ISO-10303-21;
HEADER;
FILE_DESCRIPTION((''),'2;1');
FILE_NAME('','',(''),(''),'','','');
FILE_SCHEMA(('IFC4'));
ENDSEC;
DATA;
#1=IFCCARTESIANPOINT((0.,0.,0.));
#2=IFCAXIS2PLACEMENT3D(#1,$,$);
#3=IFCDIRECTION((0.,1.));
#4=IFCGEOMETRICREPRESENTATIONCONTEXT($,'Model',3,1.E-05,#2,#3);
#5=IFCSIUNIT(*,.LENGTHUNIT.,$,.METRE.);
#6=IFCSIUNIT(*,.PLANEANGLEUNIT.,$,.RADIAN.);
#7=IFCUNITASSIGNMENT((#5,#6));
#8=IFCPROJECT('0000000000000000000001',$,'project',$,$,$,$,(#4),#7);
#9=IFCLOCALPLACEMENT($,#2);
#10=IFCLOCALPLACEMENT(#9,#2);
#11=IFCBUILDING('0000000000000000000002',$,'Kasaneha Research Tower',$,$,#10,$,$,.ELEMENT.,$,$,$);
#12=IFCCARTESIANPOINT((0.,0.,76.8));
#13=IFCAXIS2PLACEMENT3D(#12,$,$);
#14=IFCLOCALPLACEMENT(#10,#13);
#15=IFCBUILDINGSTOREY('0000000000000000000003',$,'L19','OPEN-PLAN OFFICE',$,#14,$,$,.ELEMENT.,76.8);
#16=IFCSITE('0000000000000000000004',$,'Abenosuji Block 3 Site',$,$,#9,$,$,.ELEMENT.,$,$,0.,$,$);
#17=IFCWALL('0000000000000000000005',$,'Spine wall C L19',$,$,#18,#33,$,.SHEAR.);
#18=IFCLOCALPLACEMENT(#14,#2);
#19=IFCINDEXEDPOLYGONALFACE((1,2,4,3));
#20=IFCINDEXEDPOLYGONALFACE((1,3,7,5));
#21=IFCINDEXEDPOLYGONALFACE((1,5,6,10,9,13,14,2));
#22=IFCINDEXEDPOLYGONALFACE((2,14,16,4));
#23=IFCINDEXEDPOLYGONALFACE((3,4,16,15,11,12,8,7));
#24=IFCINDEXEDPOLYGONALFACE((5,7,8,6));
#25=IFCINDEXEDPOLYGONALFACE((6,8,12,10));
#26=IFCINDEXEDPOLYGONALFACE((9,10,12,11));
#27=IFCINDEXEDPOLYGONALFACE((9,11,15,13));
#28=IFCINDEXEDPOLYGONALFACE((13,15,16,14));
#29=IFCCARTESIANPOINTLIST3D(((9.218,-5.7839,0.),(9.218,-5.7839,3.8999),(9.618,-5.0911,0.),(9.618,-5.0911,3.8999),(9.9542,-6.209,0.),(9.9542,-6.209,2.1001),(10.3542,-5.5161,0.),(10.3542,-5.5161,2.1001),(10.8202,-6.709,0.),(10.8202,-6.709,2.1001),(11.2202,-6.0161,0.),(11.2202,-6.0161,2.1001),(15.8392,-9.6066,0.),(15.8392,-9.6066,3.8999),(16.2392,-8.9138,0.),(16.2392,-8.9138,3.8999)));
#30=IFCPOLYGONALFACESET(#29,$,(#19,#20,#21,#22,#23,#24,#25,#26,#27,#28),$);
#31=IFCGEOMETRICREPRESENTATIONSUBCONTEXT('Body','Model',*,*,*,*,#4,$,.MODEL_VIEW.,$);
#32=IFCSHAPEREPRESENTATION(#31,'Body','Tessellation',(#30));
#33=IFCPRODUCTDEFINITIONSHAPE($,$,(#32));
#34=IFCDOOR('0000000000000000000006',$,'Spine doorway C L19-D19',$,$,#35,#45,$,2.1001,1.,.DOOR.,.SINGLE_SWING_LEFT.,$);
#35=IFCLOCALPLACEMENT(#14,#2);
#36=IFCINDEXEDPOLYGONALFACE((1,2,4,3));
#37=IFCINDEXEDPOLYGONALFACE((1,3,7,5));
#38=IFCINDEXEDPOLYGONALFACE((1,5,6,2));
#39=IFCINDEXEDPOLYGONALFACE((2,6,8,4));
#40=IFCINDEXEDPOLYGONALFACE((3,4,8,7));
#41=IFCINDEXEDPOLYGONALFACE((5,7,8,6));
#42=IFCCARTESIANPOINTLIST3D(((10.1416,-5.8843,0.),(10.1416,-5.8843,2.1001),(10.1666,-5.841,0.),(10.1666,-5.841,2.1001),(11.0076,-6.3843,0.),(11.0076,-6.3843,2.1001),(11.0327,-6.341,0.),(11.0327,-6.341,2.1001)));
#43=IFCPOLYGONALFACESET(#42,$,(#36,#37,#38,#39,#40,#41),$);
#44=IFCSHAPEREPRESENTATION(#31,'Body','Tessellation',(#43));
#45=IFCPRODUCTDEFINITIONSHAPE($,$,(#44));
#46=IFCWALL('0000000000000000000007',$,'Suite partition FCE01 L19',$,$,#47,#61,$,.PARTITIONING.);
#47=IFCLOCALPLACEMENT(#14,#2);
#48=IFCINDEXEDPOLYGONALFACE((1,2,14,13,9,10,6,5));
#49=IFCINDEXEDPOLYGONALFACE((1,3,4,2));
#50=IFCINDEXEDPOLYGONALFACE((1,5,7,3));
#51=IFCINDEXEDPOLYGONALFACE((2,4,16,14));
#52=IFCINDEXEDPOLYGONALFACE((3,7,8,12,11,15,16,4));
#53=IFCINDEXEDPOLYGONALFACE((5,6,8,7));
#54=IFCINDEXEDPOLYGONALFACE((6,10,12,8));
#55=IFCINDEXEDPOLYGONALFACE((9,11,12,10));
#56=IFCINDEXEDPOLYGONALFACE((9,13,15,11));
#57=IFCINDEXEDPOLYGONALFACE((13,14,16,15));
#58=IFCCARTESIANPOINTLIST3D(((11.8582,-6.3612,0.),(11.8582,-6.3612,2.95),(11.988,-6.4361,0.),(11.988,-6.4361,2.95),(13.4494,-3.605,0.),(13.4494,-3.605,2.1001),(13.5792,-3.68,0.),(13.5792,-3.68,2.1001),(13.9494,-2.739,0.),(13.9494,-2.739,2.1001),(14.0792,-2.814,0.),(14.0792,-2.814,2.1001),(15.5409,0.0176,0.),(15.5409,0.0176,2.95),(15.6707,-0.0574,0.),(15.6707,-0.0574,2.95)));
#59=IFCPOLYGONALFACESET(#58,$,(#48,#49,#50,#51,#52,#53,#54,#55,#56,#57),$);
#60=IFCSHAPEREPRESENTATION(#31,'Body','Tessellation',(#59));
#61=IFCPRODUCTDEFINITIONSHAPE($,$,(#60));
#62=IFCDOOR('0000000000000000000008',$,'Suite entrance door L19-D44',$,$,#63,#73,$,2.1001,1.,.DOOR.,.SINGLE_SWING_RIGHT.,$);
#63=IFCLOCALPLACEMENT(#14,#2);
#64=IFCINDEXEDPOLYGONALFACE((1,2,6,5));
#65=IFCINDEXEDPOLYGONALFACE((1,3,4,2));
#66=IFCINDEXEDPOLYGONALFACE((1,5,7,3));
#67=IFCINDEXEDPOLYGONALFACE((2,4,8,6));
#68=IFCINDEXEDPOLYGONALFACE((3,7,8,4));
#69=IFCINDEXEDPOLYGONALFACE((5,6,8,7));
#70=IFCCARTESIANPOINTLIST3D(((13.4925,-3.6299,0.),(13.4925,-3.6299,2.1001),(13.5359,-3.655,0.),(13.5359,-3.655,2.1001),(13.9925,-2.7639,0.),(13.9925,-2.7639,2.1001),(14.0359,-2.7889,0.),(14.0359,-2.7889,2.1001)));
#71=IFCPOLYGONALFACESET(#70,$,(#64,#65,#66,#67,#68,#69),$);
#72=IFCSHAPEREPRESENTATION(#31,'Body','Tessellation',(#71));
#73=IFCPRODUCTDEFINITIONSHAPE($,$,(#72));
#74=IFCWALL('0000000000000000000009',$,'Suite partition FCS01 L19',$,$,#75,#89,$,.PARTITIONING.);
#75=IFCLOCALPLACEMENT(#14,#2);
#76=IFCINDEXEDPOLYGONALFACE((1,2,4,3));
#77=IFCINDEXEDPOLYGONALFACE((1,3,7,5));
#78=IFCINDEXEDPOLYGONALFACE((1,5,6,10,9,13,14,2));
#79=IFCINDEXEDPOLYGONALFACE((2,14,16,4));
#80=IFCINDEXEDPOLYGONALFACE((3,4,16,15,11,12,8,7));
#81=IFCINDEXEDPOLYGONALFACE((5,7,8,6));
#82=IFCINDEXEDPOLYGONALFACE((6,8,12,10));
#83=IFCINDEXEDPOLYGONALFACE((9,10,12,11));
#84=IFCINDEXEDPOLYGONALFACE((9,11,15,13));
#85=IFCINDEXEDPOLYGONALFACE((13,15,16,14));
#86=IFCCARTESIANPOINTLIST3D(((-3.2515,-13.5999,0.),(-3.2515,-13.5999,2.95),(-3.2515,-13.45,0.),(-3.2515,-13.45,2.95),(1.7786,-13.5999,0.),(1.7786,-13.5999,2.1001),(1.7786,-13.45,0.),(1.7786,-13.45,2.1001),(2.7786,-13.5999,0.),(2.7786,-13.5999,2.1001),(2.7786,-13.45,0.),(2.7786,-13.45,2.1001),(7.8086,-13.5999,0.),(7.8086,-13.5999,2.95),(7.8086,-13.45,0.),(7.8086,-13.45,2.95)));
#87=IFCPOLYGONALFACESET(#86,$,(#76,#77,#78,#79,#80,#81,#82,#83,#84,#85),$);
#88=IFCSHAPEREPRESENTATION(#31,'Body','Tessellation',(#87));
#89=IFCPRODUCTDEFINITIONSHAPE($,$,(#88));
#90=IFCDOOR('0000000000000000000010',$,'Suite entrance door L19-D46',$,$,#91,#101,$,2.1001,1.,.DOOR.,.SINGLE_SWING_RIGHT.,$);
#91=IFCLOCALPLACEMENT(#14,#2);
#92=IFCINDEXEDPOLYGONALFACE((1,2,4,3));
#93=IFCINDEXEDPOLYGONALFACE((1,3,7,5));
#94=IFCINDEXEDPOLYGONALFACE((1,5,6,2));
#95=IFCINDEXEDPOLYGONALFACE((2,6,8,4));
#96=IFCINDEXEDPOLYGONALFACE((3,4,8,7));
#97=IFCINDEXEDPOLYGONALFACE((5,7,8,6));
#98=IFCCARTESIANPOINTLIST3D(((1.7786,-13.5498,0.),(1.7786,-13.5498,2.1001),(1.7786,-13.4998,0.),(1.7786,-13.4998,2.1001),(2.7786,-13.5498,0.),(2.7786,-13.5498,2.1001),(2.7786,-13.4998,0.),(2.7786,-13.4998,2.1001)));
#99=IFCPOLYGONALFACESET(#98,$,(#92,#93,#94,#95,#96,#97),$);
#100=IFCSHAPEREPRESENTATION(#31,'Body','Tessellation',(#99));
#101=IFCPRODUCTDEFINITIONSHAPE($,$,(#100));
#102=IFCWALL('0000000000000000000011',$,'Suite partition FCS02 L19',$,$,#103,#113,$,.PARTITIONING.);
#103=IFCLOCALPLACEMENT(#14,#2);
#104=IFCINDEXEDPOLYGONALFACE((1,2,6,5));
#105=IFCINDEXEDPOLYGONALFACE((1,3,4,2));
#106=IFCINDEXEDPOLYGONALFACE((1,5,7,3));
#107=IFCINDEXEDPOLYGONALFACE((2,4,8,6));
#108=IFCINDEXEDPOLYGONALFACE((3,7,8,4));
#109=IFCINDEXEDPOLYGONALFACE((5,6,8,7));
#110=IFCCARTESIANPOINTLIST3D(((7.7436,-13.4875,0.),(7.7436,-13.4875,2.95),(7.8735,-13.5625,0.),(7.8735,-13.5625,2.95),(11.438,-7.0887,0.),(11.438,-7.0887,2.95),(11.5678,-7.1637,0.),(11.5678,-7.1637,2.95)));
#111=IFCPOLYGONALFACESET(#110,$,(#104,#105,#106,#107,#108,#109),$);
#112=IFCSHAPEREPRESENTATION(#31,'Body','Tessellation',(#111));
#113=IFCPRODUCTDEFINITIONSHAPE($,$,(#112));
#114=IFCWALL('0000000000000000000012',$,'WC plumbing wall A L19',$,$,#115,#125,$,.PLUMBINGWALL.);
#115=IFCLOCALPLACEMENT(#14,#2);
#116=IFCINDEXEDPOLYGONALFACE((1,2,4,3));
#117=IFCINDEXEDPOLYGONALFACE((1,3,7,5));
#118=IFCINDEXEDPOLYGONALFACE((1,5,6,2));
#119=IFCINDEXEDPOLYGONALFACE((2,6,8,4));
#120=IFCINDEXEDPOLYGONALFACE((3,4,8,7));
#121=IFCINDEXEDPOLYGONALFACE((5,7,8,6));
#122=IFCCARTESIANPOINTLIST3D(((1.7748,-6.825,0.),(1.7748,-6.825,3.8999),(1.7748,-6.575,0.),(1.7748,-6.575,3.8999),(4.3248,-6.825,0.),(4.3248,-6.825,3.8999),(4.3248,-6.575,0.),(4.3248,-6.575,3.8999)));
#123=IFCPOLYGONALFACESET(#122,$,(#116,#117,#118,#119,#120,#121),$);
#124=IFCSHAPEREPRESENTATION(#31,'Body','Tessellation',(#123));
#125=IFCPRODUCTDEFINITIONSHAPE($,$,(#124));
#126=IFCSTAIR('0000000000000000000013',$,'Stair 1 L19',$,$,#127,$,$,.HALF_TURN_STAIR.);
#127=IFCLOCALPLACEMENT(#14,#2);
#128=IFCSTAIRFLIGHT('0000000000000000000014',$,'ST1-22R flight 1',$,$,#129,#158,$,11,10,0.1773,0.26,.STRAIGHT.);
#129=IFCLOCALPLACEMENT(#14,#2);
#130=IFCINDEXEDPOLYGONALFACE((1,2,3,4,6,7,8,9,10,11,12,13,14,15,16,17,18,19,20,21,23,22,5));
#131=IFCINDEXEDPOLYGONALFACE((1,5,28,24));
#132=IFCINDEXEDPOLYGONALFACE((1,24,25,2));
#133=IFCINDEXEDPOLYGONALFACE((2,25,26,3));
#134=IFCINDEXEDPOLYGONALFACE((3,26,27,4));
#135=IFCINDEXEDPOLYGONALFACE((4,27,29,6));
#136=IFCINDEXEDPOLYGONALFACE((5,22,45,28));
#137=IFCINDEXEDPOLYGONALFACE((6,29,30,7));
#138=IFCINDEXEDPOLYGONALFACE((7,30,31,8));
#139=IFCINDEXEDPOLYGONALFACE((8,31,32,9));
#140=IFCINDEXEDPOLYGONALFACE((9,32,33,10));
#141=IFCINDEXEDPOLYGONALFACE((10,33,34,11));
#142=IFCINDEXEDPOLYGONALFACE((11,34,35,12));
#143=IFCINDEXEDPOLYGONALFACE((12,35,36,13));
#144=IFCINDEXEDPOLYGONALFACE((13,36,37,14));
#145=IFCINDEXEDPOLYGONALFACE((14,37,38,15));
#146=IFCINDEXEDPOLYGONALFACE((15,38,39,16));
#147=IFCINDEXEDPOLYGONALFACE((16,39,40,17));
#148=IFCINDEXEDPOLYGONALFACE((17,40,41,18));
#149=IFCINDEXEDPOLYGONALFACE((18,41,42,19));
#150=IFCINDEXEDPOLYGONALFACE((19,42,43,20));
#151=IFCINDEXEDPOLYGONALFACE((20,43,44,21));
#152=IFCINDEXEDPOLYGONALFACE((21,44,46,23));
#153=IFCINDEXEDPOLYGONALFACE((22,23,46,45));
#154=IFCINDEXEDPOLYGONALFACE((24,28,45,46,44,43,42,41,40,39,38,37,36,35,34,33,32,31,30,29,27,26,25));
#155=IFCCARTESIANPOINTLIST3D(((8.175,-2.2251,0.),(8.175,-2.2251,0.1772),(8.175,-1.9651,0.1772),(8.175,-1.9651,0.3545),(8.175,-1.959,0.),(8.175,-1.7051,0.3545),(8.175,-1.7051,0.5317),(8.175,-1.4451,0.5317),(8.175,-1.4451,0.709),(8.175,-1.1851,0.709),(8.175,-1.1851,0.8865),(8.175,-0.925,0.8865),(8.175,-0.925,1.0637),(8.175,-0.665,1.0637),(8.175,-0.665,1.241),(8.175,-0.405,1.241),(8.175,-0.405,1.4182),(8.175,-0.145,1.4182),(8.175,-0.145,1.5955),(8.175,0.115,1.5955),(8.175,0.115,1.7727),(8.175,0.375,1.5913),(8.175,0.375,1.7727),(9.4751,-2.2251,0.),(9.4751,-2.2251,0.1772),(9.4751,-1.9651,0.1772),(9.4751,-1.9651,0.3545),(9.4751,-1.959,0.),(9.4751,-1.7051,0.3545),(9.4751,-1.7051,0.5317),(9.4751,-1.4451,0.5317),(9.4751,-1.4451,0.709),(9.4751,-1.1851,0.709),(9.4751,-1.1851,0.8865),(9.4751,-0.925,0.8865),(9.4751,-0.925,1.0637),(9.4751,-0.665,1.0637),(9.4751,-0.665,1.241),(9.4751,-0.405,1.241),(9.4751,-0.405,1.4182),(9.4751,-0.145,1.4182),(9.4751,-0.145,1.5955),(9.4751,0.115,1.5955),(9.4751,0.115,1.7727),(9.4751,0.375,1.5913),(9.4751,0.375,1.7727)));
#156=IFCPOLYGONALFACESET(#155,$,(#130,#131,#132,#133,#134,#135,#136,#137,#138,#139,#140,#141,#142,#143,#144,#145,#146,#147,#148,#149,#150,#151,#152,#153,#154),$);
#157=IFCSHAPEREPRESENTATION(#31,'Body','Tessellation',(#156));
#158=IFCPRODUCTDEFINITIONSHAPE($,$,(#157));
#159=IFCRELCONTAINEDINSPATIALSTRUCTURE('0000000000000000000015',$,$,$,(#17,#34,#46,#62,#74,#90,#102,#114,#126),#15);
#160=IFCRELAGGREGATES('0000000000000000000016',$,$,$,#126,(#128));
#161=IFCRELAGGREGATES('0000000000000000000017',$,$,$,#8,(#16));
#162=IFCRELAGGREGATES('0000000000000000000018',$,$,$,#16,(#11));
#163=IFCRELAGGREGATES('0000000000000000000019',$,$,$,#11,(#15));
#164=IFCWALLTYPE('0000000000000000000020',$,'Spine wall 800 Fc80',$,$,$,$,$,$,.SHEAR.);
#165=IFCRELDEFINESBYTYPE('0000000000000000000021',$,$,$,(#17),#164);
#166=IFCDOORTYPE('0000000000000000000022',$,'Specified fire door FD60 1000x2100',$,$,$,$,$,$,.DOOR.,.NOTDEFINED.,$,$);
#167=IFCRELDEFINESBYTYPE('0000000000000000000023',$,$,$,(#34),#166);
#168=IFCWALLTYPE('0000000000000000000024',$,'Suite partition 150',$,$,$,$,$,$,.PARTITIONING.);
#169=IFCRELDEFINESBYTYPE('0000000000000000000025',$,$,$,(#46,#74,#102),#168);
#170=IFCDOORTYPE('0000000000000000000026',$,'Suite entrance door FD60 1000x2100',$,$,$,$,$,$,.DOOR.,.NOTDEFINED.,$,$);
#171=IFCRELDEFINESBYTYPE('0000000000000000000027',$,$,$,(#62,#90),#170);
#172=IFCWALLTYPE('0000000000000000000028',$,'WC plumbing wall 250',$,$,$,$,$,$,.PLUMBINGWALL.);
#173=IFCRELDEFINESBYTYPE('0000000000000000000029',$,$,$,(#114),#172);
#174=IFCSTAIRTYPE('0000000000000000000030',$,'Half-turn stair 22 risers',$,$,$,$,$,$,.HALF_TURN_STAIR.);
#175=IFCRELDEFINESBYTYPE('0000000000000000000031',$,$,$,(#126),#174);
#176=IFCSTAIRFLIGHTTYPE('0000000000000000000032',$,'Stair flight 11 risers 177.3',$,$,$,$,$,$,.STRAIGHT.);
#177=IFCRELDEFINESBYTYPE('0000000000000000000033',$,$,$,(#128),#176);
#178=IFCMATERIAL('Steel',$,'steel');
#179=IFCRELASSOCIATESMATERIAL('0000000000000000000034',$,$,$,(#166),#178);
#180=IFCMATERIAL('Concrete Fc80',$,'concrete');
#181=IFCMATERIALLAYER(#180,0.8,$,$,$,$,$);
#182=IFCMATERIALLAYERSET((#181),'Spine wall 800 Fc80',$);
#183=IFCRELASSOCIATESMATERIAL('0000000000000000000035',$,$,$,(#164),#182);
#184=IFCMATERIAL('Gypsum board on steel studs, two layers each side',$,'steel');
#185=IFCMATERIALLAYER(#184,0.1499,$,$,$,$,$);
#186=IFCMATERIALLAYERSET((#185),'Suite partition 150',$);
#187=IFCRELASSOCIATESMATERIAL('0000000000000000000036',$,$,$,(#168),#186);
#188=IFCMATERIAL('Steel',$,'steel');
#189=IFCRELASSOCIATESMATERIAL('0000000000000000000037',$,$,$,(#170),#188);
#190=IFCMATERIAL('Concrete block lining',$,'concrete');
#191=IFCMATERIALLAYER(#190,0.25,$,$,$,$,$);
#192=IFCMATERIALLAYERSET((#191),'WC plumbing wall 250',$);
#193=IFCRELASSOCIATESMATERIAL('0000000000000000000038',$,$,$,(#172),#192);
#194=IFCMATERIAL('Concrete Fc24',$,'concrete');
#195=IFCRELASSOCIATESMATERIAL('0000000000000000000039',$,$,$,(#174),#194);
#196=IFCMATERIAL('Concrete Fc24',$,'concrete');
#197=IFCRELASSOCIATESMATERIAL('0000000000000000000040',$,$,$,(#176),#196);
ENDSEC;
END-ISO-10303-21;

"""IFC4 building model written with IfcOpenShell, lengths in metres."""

from ifc_helpers import new_model, si_unit, direction, frame, frame_2d, origin, place, context, subcontext, project, spatial, polyline, rectangle, outline, extrude, material, layer, layer_set, type_object, element, fill, aggregate, save


model = new_model("IFC4")

# Units and contexts
model_context = context("Model", 3, precision=1e-05, world=origin(), true_north=direction((0.0, 1.0)))
body_context = subcontext(model_context, "Body", "Model", "MODEL_VIEW")
ifc_project = project(units=[si_unit("LENGTHUNIT", "METRE"), si_unit("PLANEANGLEUNIT", "RADIAN")], contexts=[model_context])

# Site, building, storey
site_placement = place(None, origin())
site = spatial("IfcSite", under=ifc_project, at=site_placement, Name="Abenosuji Block 3 Site", CompositionType="ELEMENT", RefElevation=0.0)
building_placement = place(site_placement, origin())
building = spatial("IfcBuilding", under=site, at=building_placement, Name="Kasaneha Research Tower", CompositionType="ELEMENT")
storey_placement = place(building_placement, frame((0.0, 0.0, 76.8)))
storey = spatial("IfcBuildingStorey", under=building, at=storey_placement, Name="L19", Description="OPEN-PLAN OFFICE", CompositionType="ELEMENT", Elevation=76.8)

# Shared definitions
ifc_material_1 = material(Name="Steel", Category="steel")
door_type_1 = type_object("IfcDoorType", Name="Specified fire door FD60 1000x2100", OperationType="NOTDEFINED", PredefinedType="DOOR", material=ifc_material_1)

# Walls, openings, doors
ifc_material_2 = material(Name="Concrete Fc80", Category="concrete")
ifc_layer_1 = layer(ifc_material_2, 0.8)
ifc_layer_set_1 = layer_set([ifc_layer_1], Name="Spine wall 800 Fc80")
wall_type_1 = type_object("IfcWallType", Name="Spine wall 800 Fc80", PredefinedType="SHEAR", material=ifc_layer_set_1)
wall_1_placement = place(storey_placement, frame((9.418, -5.4375, 0.0), z_axis=(0.0, 0.0, 1.0), x_axis=(0.86603, -0.499992, 0.0)))
wall_1 = element("IfcWall", 1, at=wall_1_placement, inside=storey, type_object=wall_type_1, Name="Spine wall C L19", PredefinedType="SHEAR", context=body_context, shape_type="SweptSolid", body=[
    extrude(rectangle(XDim=7.6455, YDim=0.8, at=frame_2d((3.8228, 0.0))), origin(), (0.0, 0.0, 1.0), 3.8999),
])
opening_1_placement = place(wall_1_placement, frame((0.8501, 0.0, 0.0)))
opening_1 = element("IfcOpeningElement", 2, at=opening_1_placement, cuts=wall_1, PredefinedType="OPENING", context=body_context, shape_type="SweptSolid", body=[
    extrude(rectangle(XDim=1.0, YDim=2.1001, at=frame_2d((0.5, 1.05))), frame((0.0, 0.4102, 0.0), z_axis=(0.0, -1.0, 0.0), x_axis=(1.0, 0.0, 0.0)), (0.0, 0.0, 1.0), 0.8201),
])
door_1_placement = place(opening_1_placement, origin())
door_1 = element("IfcDoor", 3, at=door_1_placement, inside=storey, type_object=door_type_1, Name="Spine doorway C L19-D19", OperationType="SINGLE_SWING_LEFT", OverallHeight=2.1001, OverallWidth=1.0, PredefinedType="DOOR", context=body_context, shape_type="SweptSolid", body=[
    extrude(rectangle(XDim=1.0, YDim=2.1001, at=frame_2d((0.5, 1.05))), frame((0.0, 0.0249, 0.0), z_axis=(0.0, -1.0, 0.0), x_axis=(1.0, 0.0, 0.0)), (0.0, 0.0, 1.0), 0.05),
])
fill(opening_1, door_1)
ifc_material_3 = material(Name="Gypsum board on steel studs, two layers each side", Category="steel")
ifc_layer_2 = layer(ifc_material_3, 0.1499)
ifc_layer_set_2 = layer_set([ifc_layer_2], Name="Suite partition 150")
wall_type_2 = type_object("IfcWallType", Name="Suite partition 150", PredefinedType="PARTITIONING", material=ifc_layer_set_2)
wall_2_placement = place(storey_placement, frame((15.6057, -0.02, 0.0), z_axis=(0.0, 0.0, 1.0), x_axis=(-0.499989, -0.866032, 0.0)))
wall_2 = element("IfcWall", 4, at=wall_2_placement, inside=storey, type_object=wall_type_2, Name="Suite partition FCE01 L19", PredefinedType="PARTITIONING", context=body_context, shape_type="SweptSolid", body=[
    extrude(rectangle(XDim=7.3655, YDim=0.1499, at=frame_2d((3.6826, 0.0))), origin(), (0.0, 0.0, 1.0), 2.95),
])
opening_2_placement = place(wall_2_placement, frame((3.1829, 0.0, 0.0)))
opening_2 = element("IfcOpeningElement", 5, at=opening_2_placement, cuts=wall_2, PredefinedType="OPENING", context=body_context, shape_type="SweptSolid", body=[
    extrude(rectangle(XDim=1.0, YDim=2.1001, at=frame_2d((0.5, 1.05))), frame((0.0, 0.085, 0.0), z_axis=(0.0, -1.0, 0.0), x_axis=(1.0, 0.0, 0.0)), (0.0, 0.0, 1.0), 0.1699),
])
ifc_material_4 = material(Name="Steel", Category="steel")
door_type_2 = type_object("IfcDoorType", Name="Suite entrance door FD60 1000x2100", OperationType="NOTDEFINED", PredefinedType="DOOR", material=ifc_material_4)
door_2_placement = place(opening_2_placement, origin())
door_2 = element("IfcDoor", 6, at=door_2_placement, inside=storey, type_object=door_type_2, Name="Suite entrance door L19-D44", OperationType="SINGLE_SWING_RIGHT", OverallHeight=2.1001, OverallWidth=1.0, PredefinedType="DOOR", context=body_context, shape_type="SweptSolid", body=[
    extrude(rectangle(XDim=1.0, YDim=2.1001, at=frame_2d((0.5, 1.05))), frame((0.0, 0.0249, 0.0), z_axis=(0.0, -1.0, 0.0), x_axis=(1.0, 0.0, 0.0)), (0.0, 0.0, 1.0), 0.05),
])
fill(opening_2, door_2)
wall_3_placement = place(storey_placement, frame((7.8086, -13.5249, 0.0), z_axis=(0.0, 0.0, 1.0), x_axis=(-1.0, 0.0, 0.0)))
wall_3 = element("IfcWall", 7, at=wall_3_placement, inside=storey, type_object=wall_type_2, Name="Suite partition FCS01 L19", PredefinedType="PARTITIONING", context=body_context, shape_type="SweptSolid", body=[
    extrude(rectangle(XDim=11.0601, YDim=0.1499, at=frame_2d((5.53, 0.0))), origin(), (0.0, 0.0, 1.0), 2.95),
])
opening_3_placement = place(wall_3_placement, frame((5.03, 0.0, 0.0)))
opening_3 = element("IfcOpeningElement", 8, at=opening_3_placement, cuts=wall_3, PredefinedType="OPENING", context=body_context, shape_type="SweptSolid", body=[
    extrude(rectangle(XDim=1.0, YDim=2.1001, at=frame_2d((0.5, 1.05))), frame((0.0, 0.085, 0.0), z_axis=(0.0, -1.0, 0.0), x_axis=(1.0, 0.0, 0.0)), (0.0, 0.0, 1.0), 0.1699),
])
door_3_placement = place(opening_3_placement, origin())
door_3 = element("IfcDoor", 9, at=door_3_placement, inside=storey, type_object=door_type_2, Name="Suite entrance door L19-D46", OperationType="SINGLE_SWING_RIGHT", OverallHeight=2.1001, OverallWidth=1.0, PredefinedType="DOOR", context=body_context, shape_type="SweptSolid", body=[
    extrude(rectangle(XDim=1.0, YDim=2.1001, at=frame_2d((0.5, 1.05))), frame((0.0, 0.0249, 0.0), z_axis=(0.0, -1.0, 0.0), x_axis=(1.0, 0.0, 0.0)), (0.0, 0.0, 1.0), 0.05),
])
fill(opening_3, door_3)

# Walls
wall_4_placement = place(storey_placement, frame((11.5029, -7.1262, 0.0), z_axis=(0.0, 0.0, 1.0), x_axis=(-0.500006, -0.866022, 0.0)))
element("IfcWall", 10, at=wall_4_placement, inside=storey, type_object=wall_type_2, Name="Suite partition FCS02 L19", PredefinedType="PARTITIONING", context=body_context, shape_type="SweptSolid", body=[
    extrude(rectangle(XDim=7.3887, YDim=0.1499, at=frame_2d((3.6943, 0.0))), origin(), (0.0, 0.0, 1.0), 2.95),
])
ifc_material_5 = material(Name="Concrete block lining", Category="concrete")
ifc_layer_3 = layer(ifc_material_5, 0.25)
ifc_layer_set_3 = layer_set([ifc_layer_3], Name="WC plumbing wall 250")
wall_type_3 = type_object("IfcWallType", Name="WC plumbing wall 250", PredefinedType="PLUMBINGWALL", material=ifc_layer_set_3)
wall_5_placement = place(storey_placement, frame((1.7749, -6.7, 0.0), z_axis=(0.0, 0.0, 1.0), x_axis=(1.0, 0.0, 0.0)))
element("IfcWall", 11, at=wall_5_placement, inside=storey, type_object=wall_type_3, Name="WC plumbing wall A L19", PredefinedType="PLUMBINGWALL", context=body_context, shape_type="SweptSolid", body=[
    extrude(rectangle(XDim=2.55, YDim=0.25, at=frame_2d((1.2749, 0.0))), origin(), (0.0, 0.0, 1.0), 3.8999),
])

# Stair, stair flight
ifc_material_6 = material(Name="Concrete Fc24", Category="concrete")
stair_type = type_object("IfcStairType", Name="Half-turn stair 22 risers", PredefinedType="HALF_TURN_STAIR", material=ifc_material_6)
stair_placement = place(storey_placement, origin())
stair = element("IfcStair", 12, at=stair_placement, inside=storey, type_object=stair_type, Name="Stair 1 L19", PredefinedType="HALF_TURN_STAIR")
ifc_material_7 = material(Name="Concrete Fc24", Category="concrete")
stair_flight_type = type_object("IfcStairFlightType", Name="Stair flight 11 risers 177.3", PredefinedType="STRAIGHT", material=ifc_material_7)
stair_flight_placement = place(storey_placement, frame((8.825, -2.2251, 0.0), z_axis=(0.0, 0.0, 1.0), x_axis=(0.0, 1.0, 0.0)))
stair_flight = element("IfcStairFlight", 13, at=stair_flight_placement, type_object=stair_flight_type, Name="ST1-22R flight 1", NumberOfRisers=11, NumberOfTreads=10, PredefinedType="STRAIGHT", RiserHeight=0.1773, TreadLength=0.26, context=body_context, shape_type="SweptSolid", body=[
    extrude(outline(polyline([(0.0, 0.0), (0.0, 0.1772), (0.26, 0.1772), (0.26, 0.3545), (0.52, 0.3545), (0.52, 0.5317), (0.78, 0.5317), (0.78, 0.709), (1.04, 0.709), (1.04, 0.8865), (1.3, 0.8865), (1.3, 1.0637), (1.5601, 1.0637), (1.5601, 1.241), (1.8201, 1.241), (1.8201, 1.4182), (2.0801, 1.4182), (2.0801, 1.5955), (2.3401, 1.5955), (2.3401, 1.7727), (2.6001, 1.7727), (2.6001, 1.95), (2.6001, 1.5913), (0.2661, 0.0), (0.0, 0.0)])), frame((0.0, 0.6499, 0.0), z_axis=(0.0, -1.0, 0.0), x_axis=(1.0, 0.0, 0.0)), (0.0, 0.0, 1.0), 1.3),
])
aggregate(stair, [stair_flight])

save(model, "model.ifc")
